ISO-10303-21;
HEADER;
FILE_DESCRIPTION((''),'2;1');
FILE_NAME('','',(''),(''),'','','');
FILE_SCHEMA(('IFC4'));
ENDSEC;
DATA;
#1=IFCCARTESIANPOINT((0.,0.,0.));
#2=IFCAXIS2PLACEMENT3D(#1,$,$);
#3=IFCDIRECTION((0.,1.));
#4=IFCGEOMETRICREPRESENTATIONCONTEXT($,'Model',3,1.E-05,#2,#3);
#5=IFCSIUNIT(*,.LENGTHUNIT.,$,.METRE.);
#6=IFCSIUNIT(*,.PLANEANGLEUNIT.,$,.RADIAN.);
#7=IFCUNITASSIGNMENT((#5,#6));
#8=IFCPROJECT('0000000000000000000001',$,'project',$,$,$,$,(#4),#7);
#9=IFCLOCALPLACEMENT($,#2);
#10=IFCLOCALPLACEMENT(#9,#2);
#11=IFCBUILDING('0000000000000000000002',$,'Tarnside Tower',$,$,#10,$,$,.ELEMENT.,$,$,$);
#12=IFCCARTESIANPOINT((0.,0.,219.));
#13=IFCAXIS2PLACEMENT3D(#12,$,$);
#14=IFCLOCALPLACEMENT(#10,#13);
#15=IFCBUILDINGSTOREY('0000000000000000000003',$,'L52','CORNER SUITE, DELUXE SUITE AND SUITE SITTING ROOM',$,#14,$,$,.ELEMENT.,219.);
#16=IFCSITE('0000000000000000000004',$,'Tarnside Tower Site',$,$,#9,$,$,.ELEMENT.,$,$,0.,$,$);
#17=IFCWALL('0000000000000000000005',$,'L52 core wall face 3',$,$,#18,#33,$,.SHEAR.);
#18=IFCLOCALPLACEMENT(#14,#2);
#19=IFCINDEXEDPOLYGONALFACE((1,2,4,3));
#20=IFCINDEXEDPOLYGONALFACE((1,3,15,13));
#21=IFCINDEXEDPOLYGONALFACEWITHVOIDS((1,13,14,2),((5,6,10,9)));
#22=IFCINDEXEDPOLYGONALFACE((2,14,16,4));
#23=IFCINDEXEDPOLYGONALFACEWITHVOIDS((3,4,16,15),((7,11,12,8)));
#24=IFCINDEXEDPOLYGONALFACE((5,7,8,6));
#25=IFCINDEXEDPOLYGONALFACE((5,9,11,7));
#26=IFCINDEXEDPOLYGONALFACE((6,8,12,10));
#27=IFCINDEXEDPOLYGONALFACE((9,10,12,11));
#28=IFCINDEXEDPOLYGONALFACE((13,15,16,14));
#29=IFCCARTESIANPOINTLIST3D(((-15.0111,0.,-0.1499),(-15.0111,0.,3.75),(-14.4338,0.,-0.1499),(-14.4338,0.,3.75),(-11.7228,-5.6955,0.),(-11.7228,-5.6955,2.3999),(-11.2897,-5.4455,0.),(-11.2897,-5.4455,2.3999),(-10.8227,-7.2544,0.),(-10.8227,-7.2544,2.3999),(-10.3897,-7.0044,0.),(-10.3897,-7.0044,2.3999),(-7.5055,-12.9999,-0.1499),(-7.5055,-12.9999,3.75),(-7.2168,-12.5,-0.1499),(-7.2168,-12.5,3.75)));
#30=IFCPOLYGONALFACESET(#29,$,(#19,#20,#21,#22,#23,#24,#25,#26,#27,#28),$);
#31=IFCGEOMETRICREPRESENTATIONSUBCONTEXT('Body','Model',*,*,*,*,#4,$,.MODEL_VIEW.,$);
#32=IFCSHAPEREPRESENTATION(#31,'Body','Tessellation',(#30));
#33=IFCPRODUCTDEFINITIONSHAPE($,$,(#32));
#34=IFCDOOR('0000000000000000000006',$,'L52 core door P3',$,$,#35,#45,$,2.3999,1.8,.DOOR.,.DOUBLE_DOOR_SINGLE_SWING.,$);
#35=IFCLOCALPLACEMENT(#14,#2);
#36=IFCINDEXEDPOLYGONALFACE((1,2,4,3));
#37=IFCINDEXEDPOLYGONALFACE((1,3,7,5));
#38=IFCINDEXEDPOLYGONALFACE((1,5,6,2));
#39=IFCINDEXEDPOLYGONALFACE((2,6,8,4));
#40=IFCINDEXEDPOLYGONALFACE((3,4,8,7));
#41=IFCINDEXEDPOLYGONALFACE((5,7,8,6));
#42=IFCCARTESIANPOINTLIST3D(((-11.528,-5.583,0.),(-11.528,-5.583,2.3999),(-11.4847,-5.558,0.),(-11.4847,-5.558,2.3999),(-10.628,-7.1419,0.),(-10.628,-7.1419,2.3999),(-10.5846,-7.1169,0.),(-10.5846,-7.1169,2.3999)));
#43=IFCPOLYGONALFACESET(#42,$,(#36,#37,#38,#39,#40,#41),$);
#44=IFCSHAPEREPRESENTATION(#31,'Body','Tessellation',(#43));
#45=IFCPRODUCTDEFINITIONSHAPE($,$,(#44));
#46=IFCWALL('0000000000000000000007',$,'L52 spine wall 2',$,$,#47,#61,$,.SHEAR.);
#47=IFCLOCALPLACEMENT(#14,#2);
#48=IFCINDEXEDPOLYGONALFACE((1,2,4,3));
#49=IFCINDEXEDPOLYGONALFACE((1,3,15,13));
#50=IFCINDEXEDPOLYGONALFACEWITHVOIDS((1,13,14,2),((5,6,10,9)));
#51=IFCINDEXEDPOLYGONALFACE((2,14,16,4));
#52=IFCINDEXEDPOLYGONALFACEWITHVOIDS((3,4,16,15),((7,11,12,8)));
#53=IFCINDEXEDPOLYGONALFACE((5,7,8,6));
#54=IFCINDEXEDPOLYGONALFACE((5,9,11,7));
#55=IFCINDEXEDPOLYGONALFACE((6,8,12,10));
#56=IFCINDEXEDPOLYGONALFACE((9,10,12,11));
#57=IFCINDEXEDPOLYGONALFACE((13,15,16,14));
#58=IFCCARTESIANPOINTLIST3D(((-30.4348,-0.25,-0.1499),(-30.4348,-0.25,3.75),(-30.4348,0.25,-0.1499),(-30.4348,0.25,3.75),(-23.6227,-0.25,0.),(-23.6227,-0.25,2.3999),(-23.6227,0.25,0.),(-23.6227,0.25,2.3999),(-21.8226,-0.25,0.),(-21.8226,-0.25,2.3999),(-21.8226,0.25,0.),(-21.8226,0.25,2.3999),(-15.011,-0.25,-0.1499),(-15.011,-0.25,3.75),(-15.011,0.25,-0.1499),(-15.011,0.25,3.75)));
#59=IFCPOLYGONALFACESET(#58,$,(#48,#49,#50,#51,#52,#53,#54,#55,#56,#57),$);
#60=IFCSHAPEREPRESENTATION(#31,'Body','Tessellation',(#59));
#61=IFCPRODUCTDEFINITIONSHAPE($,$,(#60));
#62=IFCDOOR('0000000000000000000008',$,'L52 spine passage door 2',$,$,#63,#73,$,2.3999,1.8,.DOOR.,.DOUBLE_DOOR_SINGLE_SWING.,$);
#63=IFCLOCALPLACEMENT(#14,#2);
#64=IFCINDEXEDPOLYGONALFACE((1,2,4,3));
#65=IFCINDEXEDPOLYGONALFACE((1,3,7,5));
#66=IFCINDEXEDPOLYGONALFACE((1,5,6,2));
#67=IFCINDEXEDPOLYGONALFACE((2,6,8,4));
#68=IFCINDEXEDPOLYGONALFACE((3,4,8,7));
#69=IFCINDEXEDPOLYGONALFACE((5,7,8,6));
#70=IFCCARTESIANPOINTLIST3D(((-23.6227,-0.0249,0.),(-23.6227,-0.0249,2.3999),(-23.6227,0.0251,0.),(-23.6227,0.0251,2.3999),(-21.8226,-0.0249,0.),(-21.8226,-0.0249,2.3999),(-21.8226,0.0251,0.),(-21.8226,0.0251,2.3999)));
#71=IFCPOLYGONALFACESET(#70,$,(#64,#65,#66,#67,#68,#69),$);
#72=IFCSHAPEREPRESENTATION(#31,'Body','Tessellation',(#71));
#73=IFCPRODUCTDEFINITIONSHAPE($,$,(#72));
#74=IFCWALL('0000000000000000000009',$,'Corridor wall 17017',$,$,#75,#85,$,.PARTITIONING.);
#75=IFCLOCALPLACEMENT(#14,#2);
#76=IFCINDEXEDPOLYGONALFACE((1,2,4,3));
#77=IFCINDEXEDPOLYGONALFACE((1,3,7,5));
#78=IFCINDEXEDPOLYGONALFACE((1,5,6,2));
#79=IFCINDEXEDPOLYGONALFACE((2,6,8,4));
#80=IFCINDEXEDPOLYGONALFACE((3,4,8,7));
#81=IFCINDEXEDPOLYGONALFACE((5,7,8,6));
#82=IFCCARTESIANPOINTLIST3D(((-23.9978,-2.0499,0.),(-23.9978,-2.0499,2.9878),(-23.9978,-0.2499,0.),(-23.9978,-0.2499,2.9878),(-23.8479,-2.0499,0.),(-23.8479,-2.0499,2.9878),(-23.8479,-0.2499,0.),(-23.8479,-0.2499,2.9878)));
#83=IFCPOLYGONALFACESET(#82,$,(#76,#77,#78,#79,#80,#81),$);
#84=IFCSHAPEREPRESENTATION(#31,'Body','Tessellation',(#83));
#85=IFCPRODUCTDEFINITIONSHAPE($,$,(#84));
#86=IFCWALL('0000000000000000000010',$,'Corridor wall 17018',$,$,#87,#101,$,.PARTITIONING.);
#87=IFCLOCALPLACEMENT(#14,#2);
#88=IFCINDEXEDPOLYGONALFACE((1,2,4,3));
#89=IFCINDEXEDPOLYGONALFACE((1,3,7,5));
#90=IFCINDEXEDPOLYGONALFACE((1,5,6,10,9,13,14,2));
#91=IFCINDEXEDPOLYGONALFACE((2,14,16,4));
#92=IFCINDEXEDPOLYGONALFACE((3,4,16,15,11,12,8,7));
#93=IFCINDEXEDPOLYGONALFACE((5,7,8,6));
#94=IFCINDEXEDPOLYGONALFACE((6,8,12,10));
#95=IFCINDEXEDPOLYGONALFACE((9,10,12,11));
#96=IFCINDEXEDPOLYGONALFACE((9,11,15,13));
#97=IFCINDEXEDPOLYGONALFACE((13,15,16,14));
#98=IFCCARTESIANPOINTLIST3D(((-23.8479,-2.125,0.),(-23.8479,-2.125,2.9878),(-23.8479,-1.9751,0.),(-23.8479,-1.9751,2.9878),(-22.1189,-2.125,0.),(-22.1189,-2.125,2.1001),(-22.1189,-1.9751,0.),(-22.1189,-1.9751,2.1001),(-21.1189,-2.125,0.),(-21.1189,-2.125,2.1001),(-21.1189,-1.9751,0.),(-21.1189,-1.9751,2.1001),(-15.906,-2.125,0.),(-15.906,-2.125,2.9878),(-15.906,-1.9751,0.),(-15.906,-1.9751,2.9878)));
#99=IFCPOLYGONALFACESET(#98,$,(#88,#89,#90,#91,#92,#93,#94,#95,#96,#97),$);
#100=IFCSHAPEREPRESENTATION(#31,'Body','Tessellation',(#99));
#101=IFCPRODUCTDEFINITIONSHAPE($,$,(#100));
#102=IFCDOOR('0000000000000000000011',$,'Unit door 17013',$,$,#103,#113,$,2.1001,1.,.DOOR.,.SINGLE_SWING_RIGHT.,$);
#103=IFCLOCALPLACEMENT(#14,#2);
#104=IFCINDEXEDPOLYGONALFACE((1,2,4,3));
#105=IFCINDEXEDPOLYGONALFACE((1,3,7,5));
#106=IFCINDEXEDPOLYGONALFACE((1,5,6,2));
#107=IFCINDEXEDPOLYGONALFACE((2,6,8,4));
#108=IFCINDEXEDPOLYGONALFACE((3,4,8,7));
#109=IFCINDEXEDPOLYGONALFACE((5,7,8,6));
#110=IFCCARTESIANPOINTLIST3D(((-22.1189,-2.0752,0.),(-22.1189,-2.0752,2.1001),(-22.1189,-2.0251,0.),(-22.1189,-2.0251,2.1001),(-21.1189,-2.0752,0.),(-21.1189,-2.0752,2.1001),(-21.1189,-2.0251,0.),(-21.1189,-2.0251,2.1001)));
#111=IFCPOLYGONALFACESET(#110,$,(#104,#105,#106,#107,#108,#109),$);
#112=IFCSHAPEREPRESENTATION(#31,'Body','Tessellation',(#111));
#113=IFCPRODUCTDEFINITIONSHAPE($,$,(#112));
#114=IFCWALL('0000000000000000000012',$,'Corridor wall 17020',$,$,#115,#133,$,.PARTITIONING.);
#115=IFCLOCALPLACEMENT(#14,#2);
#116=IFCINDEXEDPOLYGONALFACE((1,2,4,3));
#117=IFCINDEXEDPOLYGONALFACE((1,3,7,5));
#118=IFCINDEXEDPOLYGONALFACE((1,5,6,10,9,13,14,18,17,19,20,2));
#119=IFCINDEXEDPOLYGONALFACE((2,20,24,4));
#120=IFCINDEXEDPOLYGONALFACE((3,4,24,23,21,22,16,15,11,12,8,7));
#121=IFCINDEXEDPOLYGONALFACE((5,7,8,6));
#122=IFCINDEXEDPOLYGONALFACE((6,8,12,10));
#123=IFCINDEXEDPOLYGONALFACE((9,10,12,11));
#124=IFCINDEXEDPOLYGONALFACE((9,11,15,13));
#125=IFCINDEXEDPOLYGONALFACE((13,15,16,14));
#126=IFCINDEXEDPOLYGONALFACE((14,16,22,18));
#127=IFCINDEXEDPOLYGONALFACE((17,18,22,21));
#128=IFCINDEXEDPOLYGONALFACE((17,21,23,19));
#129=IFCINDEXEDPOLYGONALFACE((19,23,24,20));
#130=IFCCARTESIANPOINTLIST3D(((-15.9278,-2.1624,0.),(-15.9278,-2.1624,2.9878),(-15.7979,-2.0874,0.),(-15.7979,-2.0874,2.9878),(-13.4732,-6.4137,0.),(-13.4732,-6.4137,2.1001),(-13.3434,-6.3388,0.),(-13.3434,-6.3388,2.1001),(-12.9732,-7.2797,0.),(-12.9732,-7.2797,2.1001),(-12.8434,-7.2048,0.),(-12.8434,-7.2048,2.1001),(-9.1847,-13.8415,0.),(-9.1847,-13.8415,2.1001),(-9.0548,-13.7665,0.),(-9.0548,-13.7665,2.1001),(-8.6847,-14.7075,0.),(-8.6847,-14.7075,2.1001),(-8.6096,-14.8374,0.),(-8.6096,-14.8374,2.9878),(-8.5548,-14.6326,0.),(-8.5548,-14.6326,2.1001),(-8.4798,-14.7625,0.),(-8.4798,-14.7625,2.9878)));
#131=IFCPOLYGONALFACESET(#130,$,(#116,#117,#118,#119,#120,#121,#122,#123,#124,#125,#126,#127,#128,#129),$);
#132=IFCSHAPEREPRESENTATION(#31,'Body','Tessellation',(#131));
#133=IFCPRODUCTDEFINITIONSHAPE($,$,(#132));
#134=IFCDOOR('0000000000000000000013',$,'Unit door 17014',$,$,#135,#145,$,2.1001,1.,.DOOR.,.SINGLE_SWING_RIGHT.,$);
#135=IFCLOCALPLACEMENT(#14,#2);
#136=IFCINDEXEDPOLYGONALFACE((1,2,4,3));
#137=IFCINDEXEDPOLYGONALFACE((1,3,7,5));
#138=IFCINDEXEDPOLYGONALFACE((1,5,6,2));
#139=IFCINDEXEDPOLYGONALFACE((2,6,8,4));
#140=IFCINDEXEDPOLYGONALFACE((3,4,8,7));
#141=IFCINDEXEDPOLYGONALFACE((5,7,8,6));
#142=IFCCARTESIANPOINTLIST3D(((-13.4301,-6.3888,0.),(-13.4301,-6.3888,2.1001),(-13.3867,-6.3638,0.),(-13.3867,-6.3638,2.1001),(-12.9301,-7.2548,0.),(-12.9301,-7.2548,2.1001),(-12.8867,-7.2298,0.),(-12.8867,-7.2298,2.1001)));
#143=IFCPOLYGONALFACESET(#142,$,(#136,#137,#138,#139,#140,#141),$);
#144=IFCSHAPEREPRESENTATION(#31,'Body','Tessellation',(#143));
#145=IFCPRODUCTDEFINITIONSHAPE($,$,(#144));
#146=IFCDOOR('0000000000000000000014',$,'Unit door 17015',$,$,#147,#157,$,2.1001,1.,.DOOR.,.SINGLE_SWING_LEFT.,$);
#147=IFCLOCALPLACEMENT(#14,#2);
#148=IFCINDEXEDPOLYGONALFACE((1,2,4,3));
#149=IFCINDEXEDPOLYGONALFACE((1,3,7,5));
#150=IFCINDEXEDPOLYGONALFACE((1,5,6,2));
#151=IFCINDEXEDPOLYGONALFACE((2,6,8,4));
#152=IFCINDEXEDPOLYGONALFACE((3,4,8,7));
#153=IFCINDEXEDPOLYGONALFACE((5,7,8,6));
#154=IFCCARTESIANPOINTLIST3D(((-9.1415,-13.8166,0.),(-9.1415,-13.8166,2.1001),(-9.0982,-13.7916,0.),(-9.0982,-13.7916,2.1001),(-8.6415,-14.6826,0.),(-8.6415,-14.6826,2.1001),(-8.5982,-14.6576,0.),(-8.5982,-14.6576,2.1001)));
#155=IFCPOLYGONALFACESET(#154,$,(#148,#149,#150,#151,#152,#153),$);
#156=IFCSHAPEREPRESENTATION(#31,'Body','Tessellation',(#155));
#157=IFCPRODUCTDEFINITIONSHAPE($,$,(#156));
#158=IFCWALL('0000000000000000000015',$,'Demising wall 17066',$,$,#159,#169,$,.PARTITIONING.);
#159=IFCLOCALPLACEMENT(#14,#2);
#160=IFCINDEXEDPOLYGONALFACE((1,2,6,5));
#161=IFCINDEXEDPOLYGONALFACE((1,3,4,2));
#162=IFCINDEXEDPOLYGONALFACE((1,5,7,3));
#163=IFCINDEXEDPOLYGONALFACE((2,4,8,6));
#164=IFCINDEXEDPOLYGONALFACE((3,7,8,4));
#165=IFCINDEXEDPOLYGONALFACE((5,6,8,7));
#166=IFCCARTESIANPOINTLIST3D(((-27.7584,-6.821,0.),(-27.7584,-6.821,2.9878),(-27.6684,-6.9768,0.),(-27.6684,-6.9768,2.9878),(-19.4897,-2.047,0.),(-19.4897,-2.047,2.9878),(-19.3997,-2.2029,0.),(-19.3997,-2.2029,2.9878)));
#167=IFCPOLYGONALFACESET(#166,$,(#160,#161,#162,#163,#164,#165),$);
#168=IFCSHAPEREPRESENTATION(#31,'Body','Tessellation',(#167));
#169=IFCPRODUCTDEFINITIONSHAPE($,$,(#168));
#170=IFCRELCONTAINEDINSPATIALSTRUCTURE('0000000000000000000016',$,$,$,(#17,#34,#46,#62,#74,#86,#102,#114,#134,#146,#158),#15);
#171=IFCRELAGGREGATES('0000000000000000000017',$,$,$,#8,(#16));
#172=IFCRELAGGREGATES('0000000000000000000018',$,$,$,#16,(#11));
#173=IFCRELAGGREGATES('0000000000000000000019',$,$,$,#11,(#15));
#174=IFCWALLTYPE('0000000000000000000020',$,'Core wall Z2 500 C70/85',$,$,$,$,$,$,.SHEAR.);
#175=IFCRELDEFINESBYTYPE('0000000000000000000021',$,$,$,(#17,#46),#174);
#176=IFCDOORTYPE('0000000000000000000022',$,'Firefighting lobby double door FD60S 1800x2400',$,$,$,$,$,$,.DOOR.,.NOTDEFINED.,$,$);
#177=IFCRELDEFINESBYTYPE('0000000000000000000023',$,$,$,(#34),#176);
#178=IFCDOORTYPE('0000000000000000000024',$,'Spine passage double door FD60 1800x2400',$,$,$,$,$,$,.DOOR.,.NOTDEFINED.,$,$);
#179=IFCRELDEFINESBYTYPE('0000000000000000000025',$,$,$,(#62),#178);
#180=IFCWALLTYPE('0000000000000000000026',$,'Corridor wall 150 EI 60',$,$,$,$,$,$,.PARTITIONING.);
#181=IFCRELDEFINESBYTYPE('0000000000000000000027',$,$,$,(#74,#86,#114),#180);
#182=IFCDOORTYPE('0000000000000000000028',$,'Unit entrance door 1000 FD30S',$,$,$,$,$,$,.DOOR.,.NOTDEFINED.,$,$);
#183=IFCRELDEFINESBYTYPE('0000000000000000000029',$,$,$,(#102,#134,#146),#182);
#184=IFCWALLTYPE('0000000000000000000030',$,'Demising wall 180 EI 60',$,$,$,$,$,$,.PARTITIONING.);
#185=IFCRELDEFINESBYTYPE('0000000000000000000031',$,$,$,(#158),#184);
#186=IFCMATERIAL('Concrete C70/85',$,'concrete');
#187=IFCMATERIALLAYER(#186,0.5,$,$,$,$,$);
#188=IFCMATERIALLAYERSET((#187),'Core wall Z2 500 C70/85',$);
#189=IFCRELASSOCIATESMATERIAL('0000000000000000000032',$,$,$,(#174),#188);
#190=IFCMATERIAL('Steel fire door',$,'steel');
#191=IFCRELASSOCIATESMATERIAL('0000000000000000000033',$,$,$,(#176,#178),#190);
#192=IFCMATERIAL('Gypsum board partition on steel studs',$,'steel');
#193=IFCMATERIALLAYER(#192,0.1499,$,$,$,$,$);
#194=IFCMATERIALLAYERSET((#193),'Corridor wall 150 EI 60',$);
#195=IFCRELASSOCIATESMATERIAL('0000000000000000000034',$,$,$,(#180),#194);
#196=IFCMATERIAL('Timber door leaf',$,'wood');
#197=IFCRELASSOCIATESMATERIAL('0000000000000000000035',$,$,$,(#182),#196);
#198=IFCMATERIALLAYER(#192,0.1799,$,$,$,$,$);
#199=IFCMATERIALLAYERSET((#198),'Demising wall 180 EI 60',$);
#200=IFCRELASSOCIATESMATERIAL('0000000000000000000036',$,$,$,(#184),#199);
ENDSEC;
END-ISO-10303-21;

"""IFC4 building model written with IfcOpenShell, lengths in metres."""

from ifc_helpers import new_model, si_unit, direction, frame, frame_2d, origin, place, context, subcontext, project, spatial, polyline, rectangle, outline, extrude, material, layer, layer_set, type_object, element, fill, save


model = new_model("IFC4")

# Units and contexts
model_context = context("Model", 3, precision=1e-05, world=origin(), true_north=direction((0.0, 1.0)))
body_context = subcontext(model_context, "Body", "Model", "MODEL_VIEW")
ifc_project = project(units=[si_unit("LENGTHUNIT", "METRE"), si_unit("PLANEANGLEUNIT", "RADIAN")], contexts=[model_context])

# Site, building, storey
site_placement = place(None, origin())
site = spatial("IfcSite", under=ifc_project, at=site_placement, Name="Tarnside Tower Site", CompositionType="ELEMENT", RefElevation=0.0)
building_placement = place(site_placement, origin())
building = spatial("IfcBuilding", under=site, at=building_placement, Name="Tarnside Tower", CompositionType="ELEMENT")
storey_placement = place(building_placement, frame((0.0, 0.0, 219.0)))
storey = spatial("IfcBuildingStorey", under=building, at=storey_placement, Name="L52", Description="CORNER SUITE, DELUXE SUITE AND SUITE SITTING ROOM", CompositionType="ELEMENT", Elevation=219.0)

# Walls, openings, doors
ifc_material_1 = material(Name="Concrete C70/85", Category="concrete")
ifc_layer_1 = layer(ifc_material_1, 0.5)
ifc_layer_set_1 = layer_set([ifc_layer_1], Name="Core wall Z2 500 C70/85")
wall_type_1 = type_object("IfcWallType", Name="Core wall Z2 500 C70/85", PredefinedType="SHEAR", material=ifc_layer_set_1)
wall_1_placement = place(storey_placement, frame((-14.7224, 0.0, -0.1499), z_axis=(0.0, 0.0, 1.0), x_axis=(0.500006, -0.866022, 0.0)))
wall_1 = element("IfcWall", 1, at=wall_1_placement, inside=storey, type_object=wall_type_1, Name="L52 core wall face 3", PredefinedType="SHEAR", context=body_context, shape_type="SweptSolid", body=[
    extrude(outline(polyline([(-0.1443, -0.25), (14.8667, -0.25), (14.5781, 0.25), (0.1443, 0.25), (-0.1443, -0.25)])), origin(), (0.0, 0.0, 1.0), 3.8999),
])
opening_1_placement = place(wall_1_placement, frame((6.4324, 0.0, 0.1499)))
opening_1 = element("IfcOpeningElement", 2, at=opening_1_placement, cuts=wall_1, PredefinedType="OPENING", context=body_context, shape_type="SweptSolid", body=[
    extrude(rectangle(XDim=1.8, YDim=2.3999, at=frame_2d((0.8999, 1.2))), frame((0.0, 0.26, 0.0), z_axis=(0.0, -1.0, 0.0), x_axis=(1.0, 0.0, 0.0)), (0.0, 0.0, 1.0), 0.52),
])
ifc_material_2 = material(Name="Steel fire door", Category="steel")
door_type_1 = type_object("IfcDoorType", Name="Firefighting lobby double door FD60S 1800x2400", OperationType="NOTDEFINED", PredefinedType="DOOR", material=ifc_material_2)
door_1_placement = place(opening_1_placement, origin())
door_1 = element("IfcDoor", 3, at=door_1_placement, inside=storey, type_object=door_type_1, Name="L52 core door P3", OperationType="DOUBLE_DOOR_SINGLE_SWING", OverallHeight=2.3999, OverallWidth=1.8, PredefinedType="DOOR", context=body_context, shape_type="SweptSolid", body=[
    extrude(rectangle(XDim=1.8, YDim=2.3999, at=frame_2d((0.8999, 1.2))), frame((0.0, 0.0249, 0.0), z_axis=(0.0, -1.0, 0.0), x_axis=(1.0, 0.0, 0.0)), (0.0, 0.0, 1.0), 0.05),
])
fill(opening_1, door_1)
wall_2_placement = place(storey_placement, frame((-15.011, 0.0, -0.1499), z_axis=(0.0, 0.0, 1.0), x_axis=(-1.0, 0.0, 0.0)))
wall_2 = element("IfcWall", 4, at=wall_2_placement, inside=storey, type_object=wall_type_1, Name="L52 spine wall 2", PredefinedType="SHEAR", context=body_context, shape_type="SweptSolid", body=[
    extrude(rectangle(XDim=15.4238, YDim=0.5, at=frame_2d((7.7119, 0.0))), origin(), (0.0, 0.0, 1.0), 3.8999),
])
opening_2_placement = place(wall_2_placement, frame((6.8118, 0.0, 0.1499)))
opening_2 = element("IfcOpeningElement", 5, at=opening_2_placement, cuts=wall_2, PredefinedType="OPENING", context=body_context, shape_type="SweptSolid", body=[
    extrude(rectangle(XDim=1.8, YDim=2.3999, at=frame_2d((0.8999, 1.2))), frame((0.0, 0.26, 0.0), z_axis=(0.0, -1.0, 0.0), x_axis=(1.0, 0.0, 0.0)), (0.0, 0.0, 1.0), 0.52),
])
door_type_2 = type_object("IfcDoorType", Name="Spine passage double door FD60 1800x2400", OperationType="NOTDEFINED", PredefinedType="DOOR", material=ifc_material_2)
door_2_placement = place(opening_2_placement, origin())
door_2 = element("IfcDoor", 6, at=door_2_placement, inside=storey, type_object=door_type_2, Name="L52 spine passage door 2", OperationType="DOUBLE_DOOR_SINGLE_SWING", OverallHeight=2.3999, OverallWidth=1.8, PredefinedType="DOOR", context=body_context, shape_type="SweptSolid", body=[
    extrude(rectangle(XDim=1.8, YDim=2.3999, at=frame_2d((0.8999, 1.2))), frame((0.0, 0.0249, 0.0), z_axis=(0.0, -1.0, 0.0), x_axis=(1.0, 0.0, 0.0)), (0.0, 0.0, 1.0), 0.05),
])
fill(opening_2, door_2)

# Wall
ifc_material_3 = material(Name="Gypsum board partition on steel studs", Category="steel")
ifc_layer_2 = layer(ifc_material_3, 0.1499)
ifc_layer_set_2 = layer_set([ifc_layer_2], Name="Corridor wall 150 EI 60")
wall_type_2 = type_object("IfcWallType", Name="Corridor wall 150 EI 60", PredefinedType="PARTITIONING", material=ifc_layer_set_2)
wall_3_placement = place(storey_placement, frame((-23.9229, -0.25, 0.0), z_axis=(0.0, 0.0, 1.0), x_axis=(0.0, -1.0, 0.0)))
element("IfcWall", 7, at=wall_3_placement, inside=storey, type_object=wall_type_2, Name="Corridor wall 17017", PredefinedType="PARTITIONING", context=body_context, shape_type="SweptSolid", body=[
    extrude(rectangle(XDim=1.8, YDim=0.1499, at=frame_2d((0.8999, 0.0))), origin(), (0.0, 0.0, 1.0), 2.9878),
])

# Wall, opening, door
wall_4_placement = place(storey_placement, frame((-23.8479, -2.05, 0.0), z_axis=(0.0, 0.0, 1.0), x_axis=(1.0, 0.0, 0.0)))
wall_4 = element("IfcWall", 8, at=wall_4_placement, inside=storey, type_object=wall_type_2, Name="Corridor wall 17018", PredefinedType="PARTITIONING", context=body_context, shape_type="SweptSolid", body=[
    extrude(rectangle(XDim=7.9419, YDim=0.1499, at=frame_2d((3.9709, 0.0))), origin(), (0.0, 0.0, 1.0), 2.9878),
])
opening_3_placement = place(wall_4_placement, frame((1.729, 0.0, 0.0)))
opening_3 = element("IfcOpeningElement", 9, at=opening_3_placement, cuts=wall_4, PredefinedType="OPENING", context=body_context, shape_type="SweptSolid", body=[
    extrude(rectangle(XDim=1.0, YDim=2.1001, at=frame_2d((0.5, 1.05))), frame((0.0, 0.085, 0.0), z_axis=(0.0, -1.0, 0.0), x_axis=(1.0, 0.0, 0.0)), (0.0, 0.0, 1.0), 0.1699),
])
ifc_material_4 = material(Name="Timber door leaf", Category="wood")
door_type_3 = type_object("IfcDoorType", Name="Unit entrance door 1000 FD30S", OperationType="NOTDEFINED", PredefinedType="DOOR", material=ifc_material_4)
door_3_placement = place(opening_3_placement, origin())
door_3 = element("IfcDoor", 10, at=door_3_placement, inside=storey, type_object=door_type_3, Name="Unit door 17013", OperationType="SINGLE_SWING_RIGHT", OverallHeight=2.1001, OverallWidth=1.0, PredefinedType="DOOR", context=body_context, shape_type="SweptSolid", body=[
    extrude(rectangle(XDim=1.0, YDim=2.1001, at=frame_2d((0.5, 1.05))), frame((0.0, 0.0249, 0.0), z_axis=(0.0, -1.0, 0.0), x_axis=(1.0, 0.0, 0.0)), (0.0, 0.0, 1.0), 0.05),
])
fill(opening_3, door_3)

# Wall, openings, doors
wall_5_placement = place(storey_placement, frame((-15.8628, -2.125, 0.0), z_axis=(0.0, 0.0, 1.0), x_axis=(0.500009, -0.86602, 0.0)))
wall_5 = element("IfcWall", 11, at=wall_5_placement, inside=storey, type_object=wall_type_2, Name="Corridor wall 17020", PredefinedType="PARTITIONING", context=body_context, shape_type="SweptSolid", body=[
    extrude(rectangle(XDim=14.636, YDim=0.1499, at=frame_2d((7.3179, 0.0))), origin(), (0.0, 0.0, 1.0), 2.9878),
])
opening_4_placement = place(wall_5_placement, frame((4.9089, 0.0, 0.0)))
opening_4 = element("IfcOpeningElement", 12, at=opening_4_placement, cuts=wall_5, PredefinedType="OPENING", context=body_context, shape_type="SweptSolid", body=[
    extrude(rectangle(XDim=1.0, YDim=2.1001, at=frame_2d((0.5, 1.05))), frame((0.0, 0.085, 0.0), z_axis=(0.0, -1.0, 0.0), x_axis=(1.0, 0.0, 0.0)), (0.0, 0.0, 1.0), 0.1699),
])
opening_5_placement = place(wall_5_placement, frame((13.4858, 0.0, 0.0)))
opening_5 = element("IfcOpeningElement", 13, at=opening_5_placement, cuts=wall_5, PredefinedType="OPENING", context=body_context, shape_type="SweptSolid", body=[
    extrude(rectangle(XDim=1.0, YDim=2.1001, at=frame_2d((0.5, 1.05))), frame((0.0, 0.085, 0.0), z_axis=(0.0, -1.0, 0.0), x_axis=(1.0, 0.0, 0.0)), (0.0, 0.0, 1.0), 0.1699),
])
door_4_placement = place(opening_4_placement, origin())
door_4 = element("IfcDoor", 14, at=door_4_placement, inside=storey, type_object=door_type_3, Name="Unit door 17014", OperationType="SINGLE_SWING_RIGHT", OverallHeight=2.1001, OverallWidth=1.0, PredefinedType="DOOR", context=body_context, shape_type="SweptSolid", body=[
    extrude(rectangle(XDim=1.0, YDim=2.1001, at=frame_2d((0.5, 1.05))), frame((0.0, 0.0249, 0.0), z_axis=(0.0, -1.0, 0.0), x_axis=(1.0, 0.0, 0.0)), (0.0, 0.0, 1.0), 0.05),
])
fill(opening_4, door_4)
door_5_placement = place(opening_5_placement, origin())
door_5 = element("IfcDoor", 15, at=door_5_placement, inside=storey, type_object=door_type_3, Name="Unit door 17015", OperationType="SINGLE_SWING_LEFT", OverallHeight=2.1001, OverallWidth=1.0, PredefinedType="DOOR", context=body_context, shape_type="SweptSolid", body=[
    extrude(rectangle(XDim=1.0, YDim=2.1001, at=frame_2d((0.5, 1.05))), frame((0.0, 0.0249, 0.0), z_axis=(0.0, -1.0, 0.0), x_axis=(1.0, 0.0, 0.0)), (0.0, 0.0, 1.0), 0.05),
])
fill(opening_5, door_5)

# Wall
ifc_layer_3 = layer(ifc_material_3, 0.1799)
ifc_layer_set_3 = layer_set([ifc_layer_3], Name="Demising wall 180 EI 60")
wall_type_3 = type_object("IfcWallType", Name="Demising wall 180 EI 60", PredefinedType="PARTITIONING", material=ifc_layer_set_3)
wall_6_placement = place(storey_placement, frame((-27.7134, -6.8989, 0.0), z_axis=(0.0, 0.0, 1.0), x_axis=(0.866022, 0.500006, 0.0)))
element("IfcWall", 16, at=wall_6_placement, inside=storey, type_object=wall_type_3, Name="Demising wall 17066", PredefinedType="PARTITIONING", context=body_context, shape_type="SweptSolid", body=[
    extrude(rectangle(XDim=9.5479, YDim=0.1799, at=frame_2d((4.7739, 0.0))), origin(), (0.0, 0.0, 1.0), 2.9878),
])

save(model, "model.ifc")
